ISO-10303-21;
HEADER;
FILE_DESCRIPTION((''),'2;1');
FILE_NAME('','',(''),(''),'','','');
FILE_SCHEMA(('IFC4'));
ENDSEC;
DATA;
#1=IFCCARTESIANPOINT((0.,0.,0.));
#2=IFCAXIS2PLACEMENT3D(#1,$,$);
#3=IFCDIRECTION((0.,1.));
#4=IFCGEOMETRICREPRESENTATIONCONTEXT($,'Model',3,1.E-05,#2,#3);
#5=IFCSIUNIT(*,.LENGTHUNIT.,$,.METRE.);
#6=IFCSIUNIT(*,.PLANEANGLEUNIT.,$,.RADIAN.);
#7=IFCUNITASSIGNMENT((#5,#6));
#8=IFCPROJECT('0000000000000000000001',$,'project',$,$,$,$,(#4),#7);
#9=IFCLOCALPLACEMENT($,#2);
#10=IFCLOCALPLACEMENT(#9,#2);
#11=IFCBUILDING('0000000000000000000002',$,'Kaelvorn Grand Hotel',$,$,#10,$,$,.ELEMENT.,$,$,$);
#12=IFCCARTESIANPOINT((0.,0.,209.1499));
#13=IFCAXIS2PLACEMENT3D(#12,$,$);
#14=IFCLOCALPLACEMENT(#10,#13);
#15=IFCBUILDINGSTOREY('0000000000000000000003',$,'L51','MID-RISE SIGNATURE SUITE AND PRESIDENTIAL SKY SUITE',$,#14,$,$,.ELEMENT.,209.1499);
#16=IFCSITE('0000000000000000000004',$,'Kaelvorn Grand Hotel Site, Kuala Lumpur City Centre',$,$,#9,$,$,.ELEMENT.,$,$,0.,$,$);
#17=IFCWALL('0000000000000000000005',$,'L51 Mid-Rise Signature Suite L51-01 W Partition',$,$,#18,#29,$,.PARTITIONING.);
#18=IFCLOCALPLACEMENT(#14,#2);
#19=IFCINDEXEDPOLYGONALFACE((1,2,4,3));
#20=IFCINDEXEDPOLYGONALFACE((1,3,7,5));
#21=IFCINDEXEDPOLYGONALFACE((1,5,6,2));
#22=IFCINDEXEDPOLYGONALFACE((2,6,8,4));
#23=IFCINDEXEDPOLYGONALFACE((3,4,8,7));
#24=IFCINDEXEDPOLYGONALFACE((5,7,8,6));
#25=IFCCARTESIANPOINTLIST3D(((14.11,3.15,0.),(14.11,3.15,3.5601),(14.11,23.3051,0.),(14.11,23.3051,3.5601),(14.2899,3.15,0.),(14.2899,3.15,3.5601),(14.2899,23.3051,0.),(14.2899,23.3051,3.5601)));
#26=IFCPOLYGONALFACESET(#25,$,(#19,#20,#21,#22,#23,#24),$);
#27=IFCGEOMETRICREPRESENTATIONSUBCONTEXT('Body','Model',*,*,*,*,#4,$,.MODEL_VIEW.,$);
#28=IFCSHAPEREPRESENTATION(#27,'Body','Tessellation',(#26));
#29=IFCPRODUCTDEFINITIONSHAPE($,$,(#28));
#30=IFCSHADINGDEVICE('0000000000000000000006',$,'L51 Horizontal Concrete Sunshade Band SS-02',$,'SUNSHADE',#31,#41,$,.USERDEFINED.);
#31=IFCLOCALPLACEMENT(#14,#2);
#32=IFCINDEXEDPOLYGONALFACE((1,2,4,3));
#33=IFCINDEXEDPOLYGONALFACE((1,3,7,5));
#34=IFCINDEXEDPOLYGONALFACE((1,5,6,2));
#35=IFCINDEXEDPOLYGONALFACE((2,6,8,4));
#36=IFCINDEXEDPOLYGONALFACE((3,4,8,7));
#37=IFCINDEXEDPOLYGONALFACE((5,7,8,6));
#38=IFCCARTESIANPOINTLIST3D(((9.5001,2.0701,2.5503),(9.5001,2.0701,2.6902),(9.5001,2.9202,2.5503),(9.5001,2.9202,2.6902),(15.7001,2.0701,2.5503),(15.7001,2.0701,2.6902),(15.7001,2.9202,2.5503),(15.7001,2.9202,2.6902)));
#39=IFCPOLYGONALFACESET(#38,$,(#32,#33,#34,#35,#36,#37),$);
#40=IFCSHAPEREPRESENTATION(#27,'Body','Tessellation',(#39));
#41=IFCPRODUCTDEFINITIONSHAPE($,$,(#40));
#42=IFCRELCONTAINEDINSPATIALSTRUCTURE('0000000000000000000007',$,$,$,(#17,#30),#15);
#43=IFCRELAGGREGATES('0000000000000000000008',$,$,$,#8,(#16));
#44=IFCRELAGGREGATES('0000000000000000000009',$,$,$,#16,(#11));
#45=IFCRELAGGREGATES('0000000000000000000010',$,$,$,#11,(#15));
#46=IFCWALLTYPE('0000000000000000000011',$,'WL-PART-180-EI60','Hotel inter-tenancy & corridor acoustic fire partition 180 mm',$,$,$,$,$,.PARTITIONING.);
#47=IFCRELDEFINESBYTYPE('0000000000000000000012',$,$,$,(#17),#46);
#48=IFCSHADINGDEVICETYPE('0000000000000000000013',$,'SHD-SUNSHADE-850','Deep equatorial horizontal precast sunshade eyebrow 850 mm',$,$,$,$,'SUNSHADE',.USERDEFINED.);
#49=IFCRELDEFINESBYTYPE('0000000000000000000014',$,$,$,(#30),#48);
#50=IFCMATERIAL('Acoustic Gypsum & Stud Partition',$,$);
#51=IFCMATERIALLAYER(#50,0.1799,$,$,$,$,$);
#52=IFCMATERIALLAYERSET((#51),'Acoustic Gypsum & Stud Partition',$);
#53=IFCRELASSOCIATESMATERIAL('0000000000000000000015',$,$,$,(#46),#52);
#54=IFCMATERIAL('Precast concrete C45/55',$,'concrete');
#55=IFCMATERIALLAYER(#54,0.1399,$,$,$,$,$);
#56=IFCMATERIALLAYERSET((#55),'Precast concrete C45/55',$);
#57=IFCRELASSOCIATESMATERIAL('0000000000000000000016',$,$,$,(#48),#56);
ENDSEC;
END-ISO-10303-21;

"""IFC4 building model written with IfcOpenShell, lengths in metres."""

from ifc_helpers import new_model, si_unit, direction, frame, frame_2d, origin, origin_2d, place, context, subcontext, project, spatial, rectangle, extrude, material, layer, layer_set, type_object, element, save


model = new_model("IFC4")

# Units and contexts
model_context = context("Model", 3, precision=1e-05, world=origin(), true_north=direction((0.0, 1.0)))
body_context = subcontext(model_context, "Body", "Model", "MODEL_VIEW")
ifc_project = project(units=[si_unit("LENGTHUNIT", "METRE"), si_unit("PLANEANGLEUNIT", "RADIAN")], contexts=[model_context])

# Site, building, storey
site_placement = place(None, origin())
site = spatial("IfcSite", under=ifc_project, at=site_placement, Name="Kaelvorn Grand Hotel Site, Kuala Lumpur City Centre", CompositionType="ELEMENT", RefElevation=0.0)
building_placement = place(site_placement, origin())
building = spatial("IfcBuilding", under=site, at=building_placement, Name="Kaelvorn Grand Hotel", CompositionType="ELEMENT")
storey_placement = place(building_placement, frame((0.0, 0.0, 209.1499)))
storey = spatial("IfcBuildingStorey", under=building, at=storey_placement, Name="L51", Description="MID-RISE SIGNATURE SUITE AND PRESIDENTIAL SKY SUITE", CompositionType="ELEMENT", Elevation=209.1499)

# Wall
ifc_material_1 = material(Name="Acoustic Gypsum & Stud Partition")
ifc_layer_1 = layer(ifc_material_1, 0.1799)
ifc_layer_set_1 = layer_set([ifc_layer_1], Name="Acoustic Gypsum & Stud Partition")
wall_type_1 = type_object("IfcWallType", Name="WL-PART-180-EI60", Description="Hotel inter-tenancy & corridor acoustic fire partition 180 mm", PredefinedType="PARTITIONING", material=ifc_layer_set_1)
wall_1_placement = place(storey_placement, frame((14.2, 3.1499, 0.0), z_axis=(0.0, 0.0, 1.0), x_axis=(0.0, 1.0, 0.0)))
element("IfcWall", 1, at=wall_1_placement, inside=storey, type_object=wall_type_1, Name="L51 Mid-Rise Signature Suite L51-01 W Partition", PredefinedType="PARTITIONING", context=body_context, shape_type="SweptSolid", body=[
    extrude(rectangle(XDim=20.155, YDim=0.1799, at=frame_2d((10.0776, 0.0))), origin(), (0.0, 0.0, 1.0), 3.5601),
])

# Shading device
ifc_material_2 = material(Name="Precast concrete C45/55", Category="concrete")
ifc_layer_2 = layer(ifc_material_2, 0.1399)
ifc_layer_set_2 = layer_set([ifc_layer_2], Name="Precast concrete C45/55")
shading_device_type = type_object("IfcShadingDeviceType", Name="SHD-SUNSHADE-850", Description="Deep equatorial horizontal precast sunshade eyebrow 850 mm", ElementType="SUNSHADE", PredefinedType="USERDEFINED", material=ifc_layer_set_2)
shading_device_placement = place(storey_placement, frame((12.6001, 2.4951, 2.5503), z_axis=(0.0, 0.0, 1.0), x_axis=(1.0, 0.0, 0.0)))
element("IfcShadingDevice", 2, at=shading_device_placement, inside=storey, type_object=shading_device_type, Name="L51 Horizontal Concrete Sunshade Band SS-02", ObjectType="SUNSHADE", PredefinedType="USERDEFINED", context=body_context, shape_type="SweptSolid", body=[
    extrude(rectangle(XDim=6.2, YDim=0.8501, at=origin_2d()), origin(), (0.0, 0.0, 1.0), 0.1399),
])

save(model, "model.ifc")
